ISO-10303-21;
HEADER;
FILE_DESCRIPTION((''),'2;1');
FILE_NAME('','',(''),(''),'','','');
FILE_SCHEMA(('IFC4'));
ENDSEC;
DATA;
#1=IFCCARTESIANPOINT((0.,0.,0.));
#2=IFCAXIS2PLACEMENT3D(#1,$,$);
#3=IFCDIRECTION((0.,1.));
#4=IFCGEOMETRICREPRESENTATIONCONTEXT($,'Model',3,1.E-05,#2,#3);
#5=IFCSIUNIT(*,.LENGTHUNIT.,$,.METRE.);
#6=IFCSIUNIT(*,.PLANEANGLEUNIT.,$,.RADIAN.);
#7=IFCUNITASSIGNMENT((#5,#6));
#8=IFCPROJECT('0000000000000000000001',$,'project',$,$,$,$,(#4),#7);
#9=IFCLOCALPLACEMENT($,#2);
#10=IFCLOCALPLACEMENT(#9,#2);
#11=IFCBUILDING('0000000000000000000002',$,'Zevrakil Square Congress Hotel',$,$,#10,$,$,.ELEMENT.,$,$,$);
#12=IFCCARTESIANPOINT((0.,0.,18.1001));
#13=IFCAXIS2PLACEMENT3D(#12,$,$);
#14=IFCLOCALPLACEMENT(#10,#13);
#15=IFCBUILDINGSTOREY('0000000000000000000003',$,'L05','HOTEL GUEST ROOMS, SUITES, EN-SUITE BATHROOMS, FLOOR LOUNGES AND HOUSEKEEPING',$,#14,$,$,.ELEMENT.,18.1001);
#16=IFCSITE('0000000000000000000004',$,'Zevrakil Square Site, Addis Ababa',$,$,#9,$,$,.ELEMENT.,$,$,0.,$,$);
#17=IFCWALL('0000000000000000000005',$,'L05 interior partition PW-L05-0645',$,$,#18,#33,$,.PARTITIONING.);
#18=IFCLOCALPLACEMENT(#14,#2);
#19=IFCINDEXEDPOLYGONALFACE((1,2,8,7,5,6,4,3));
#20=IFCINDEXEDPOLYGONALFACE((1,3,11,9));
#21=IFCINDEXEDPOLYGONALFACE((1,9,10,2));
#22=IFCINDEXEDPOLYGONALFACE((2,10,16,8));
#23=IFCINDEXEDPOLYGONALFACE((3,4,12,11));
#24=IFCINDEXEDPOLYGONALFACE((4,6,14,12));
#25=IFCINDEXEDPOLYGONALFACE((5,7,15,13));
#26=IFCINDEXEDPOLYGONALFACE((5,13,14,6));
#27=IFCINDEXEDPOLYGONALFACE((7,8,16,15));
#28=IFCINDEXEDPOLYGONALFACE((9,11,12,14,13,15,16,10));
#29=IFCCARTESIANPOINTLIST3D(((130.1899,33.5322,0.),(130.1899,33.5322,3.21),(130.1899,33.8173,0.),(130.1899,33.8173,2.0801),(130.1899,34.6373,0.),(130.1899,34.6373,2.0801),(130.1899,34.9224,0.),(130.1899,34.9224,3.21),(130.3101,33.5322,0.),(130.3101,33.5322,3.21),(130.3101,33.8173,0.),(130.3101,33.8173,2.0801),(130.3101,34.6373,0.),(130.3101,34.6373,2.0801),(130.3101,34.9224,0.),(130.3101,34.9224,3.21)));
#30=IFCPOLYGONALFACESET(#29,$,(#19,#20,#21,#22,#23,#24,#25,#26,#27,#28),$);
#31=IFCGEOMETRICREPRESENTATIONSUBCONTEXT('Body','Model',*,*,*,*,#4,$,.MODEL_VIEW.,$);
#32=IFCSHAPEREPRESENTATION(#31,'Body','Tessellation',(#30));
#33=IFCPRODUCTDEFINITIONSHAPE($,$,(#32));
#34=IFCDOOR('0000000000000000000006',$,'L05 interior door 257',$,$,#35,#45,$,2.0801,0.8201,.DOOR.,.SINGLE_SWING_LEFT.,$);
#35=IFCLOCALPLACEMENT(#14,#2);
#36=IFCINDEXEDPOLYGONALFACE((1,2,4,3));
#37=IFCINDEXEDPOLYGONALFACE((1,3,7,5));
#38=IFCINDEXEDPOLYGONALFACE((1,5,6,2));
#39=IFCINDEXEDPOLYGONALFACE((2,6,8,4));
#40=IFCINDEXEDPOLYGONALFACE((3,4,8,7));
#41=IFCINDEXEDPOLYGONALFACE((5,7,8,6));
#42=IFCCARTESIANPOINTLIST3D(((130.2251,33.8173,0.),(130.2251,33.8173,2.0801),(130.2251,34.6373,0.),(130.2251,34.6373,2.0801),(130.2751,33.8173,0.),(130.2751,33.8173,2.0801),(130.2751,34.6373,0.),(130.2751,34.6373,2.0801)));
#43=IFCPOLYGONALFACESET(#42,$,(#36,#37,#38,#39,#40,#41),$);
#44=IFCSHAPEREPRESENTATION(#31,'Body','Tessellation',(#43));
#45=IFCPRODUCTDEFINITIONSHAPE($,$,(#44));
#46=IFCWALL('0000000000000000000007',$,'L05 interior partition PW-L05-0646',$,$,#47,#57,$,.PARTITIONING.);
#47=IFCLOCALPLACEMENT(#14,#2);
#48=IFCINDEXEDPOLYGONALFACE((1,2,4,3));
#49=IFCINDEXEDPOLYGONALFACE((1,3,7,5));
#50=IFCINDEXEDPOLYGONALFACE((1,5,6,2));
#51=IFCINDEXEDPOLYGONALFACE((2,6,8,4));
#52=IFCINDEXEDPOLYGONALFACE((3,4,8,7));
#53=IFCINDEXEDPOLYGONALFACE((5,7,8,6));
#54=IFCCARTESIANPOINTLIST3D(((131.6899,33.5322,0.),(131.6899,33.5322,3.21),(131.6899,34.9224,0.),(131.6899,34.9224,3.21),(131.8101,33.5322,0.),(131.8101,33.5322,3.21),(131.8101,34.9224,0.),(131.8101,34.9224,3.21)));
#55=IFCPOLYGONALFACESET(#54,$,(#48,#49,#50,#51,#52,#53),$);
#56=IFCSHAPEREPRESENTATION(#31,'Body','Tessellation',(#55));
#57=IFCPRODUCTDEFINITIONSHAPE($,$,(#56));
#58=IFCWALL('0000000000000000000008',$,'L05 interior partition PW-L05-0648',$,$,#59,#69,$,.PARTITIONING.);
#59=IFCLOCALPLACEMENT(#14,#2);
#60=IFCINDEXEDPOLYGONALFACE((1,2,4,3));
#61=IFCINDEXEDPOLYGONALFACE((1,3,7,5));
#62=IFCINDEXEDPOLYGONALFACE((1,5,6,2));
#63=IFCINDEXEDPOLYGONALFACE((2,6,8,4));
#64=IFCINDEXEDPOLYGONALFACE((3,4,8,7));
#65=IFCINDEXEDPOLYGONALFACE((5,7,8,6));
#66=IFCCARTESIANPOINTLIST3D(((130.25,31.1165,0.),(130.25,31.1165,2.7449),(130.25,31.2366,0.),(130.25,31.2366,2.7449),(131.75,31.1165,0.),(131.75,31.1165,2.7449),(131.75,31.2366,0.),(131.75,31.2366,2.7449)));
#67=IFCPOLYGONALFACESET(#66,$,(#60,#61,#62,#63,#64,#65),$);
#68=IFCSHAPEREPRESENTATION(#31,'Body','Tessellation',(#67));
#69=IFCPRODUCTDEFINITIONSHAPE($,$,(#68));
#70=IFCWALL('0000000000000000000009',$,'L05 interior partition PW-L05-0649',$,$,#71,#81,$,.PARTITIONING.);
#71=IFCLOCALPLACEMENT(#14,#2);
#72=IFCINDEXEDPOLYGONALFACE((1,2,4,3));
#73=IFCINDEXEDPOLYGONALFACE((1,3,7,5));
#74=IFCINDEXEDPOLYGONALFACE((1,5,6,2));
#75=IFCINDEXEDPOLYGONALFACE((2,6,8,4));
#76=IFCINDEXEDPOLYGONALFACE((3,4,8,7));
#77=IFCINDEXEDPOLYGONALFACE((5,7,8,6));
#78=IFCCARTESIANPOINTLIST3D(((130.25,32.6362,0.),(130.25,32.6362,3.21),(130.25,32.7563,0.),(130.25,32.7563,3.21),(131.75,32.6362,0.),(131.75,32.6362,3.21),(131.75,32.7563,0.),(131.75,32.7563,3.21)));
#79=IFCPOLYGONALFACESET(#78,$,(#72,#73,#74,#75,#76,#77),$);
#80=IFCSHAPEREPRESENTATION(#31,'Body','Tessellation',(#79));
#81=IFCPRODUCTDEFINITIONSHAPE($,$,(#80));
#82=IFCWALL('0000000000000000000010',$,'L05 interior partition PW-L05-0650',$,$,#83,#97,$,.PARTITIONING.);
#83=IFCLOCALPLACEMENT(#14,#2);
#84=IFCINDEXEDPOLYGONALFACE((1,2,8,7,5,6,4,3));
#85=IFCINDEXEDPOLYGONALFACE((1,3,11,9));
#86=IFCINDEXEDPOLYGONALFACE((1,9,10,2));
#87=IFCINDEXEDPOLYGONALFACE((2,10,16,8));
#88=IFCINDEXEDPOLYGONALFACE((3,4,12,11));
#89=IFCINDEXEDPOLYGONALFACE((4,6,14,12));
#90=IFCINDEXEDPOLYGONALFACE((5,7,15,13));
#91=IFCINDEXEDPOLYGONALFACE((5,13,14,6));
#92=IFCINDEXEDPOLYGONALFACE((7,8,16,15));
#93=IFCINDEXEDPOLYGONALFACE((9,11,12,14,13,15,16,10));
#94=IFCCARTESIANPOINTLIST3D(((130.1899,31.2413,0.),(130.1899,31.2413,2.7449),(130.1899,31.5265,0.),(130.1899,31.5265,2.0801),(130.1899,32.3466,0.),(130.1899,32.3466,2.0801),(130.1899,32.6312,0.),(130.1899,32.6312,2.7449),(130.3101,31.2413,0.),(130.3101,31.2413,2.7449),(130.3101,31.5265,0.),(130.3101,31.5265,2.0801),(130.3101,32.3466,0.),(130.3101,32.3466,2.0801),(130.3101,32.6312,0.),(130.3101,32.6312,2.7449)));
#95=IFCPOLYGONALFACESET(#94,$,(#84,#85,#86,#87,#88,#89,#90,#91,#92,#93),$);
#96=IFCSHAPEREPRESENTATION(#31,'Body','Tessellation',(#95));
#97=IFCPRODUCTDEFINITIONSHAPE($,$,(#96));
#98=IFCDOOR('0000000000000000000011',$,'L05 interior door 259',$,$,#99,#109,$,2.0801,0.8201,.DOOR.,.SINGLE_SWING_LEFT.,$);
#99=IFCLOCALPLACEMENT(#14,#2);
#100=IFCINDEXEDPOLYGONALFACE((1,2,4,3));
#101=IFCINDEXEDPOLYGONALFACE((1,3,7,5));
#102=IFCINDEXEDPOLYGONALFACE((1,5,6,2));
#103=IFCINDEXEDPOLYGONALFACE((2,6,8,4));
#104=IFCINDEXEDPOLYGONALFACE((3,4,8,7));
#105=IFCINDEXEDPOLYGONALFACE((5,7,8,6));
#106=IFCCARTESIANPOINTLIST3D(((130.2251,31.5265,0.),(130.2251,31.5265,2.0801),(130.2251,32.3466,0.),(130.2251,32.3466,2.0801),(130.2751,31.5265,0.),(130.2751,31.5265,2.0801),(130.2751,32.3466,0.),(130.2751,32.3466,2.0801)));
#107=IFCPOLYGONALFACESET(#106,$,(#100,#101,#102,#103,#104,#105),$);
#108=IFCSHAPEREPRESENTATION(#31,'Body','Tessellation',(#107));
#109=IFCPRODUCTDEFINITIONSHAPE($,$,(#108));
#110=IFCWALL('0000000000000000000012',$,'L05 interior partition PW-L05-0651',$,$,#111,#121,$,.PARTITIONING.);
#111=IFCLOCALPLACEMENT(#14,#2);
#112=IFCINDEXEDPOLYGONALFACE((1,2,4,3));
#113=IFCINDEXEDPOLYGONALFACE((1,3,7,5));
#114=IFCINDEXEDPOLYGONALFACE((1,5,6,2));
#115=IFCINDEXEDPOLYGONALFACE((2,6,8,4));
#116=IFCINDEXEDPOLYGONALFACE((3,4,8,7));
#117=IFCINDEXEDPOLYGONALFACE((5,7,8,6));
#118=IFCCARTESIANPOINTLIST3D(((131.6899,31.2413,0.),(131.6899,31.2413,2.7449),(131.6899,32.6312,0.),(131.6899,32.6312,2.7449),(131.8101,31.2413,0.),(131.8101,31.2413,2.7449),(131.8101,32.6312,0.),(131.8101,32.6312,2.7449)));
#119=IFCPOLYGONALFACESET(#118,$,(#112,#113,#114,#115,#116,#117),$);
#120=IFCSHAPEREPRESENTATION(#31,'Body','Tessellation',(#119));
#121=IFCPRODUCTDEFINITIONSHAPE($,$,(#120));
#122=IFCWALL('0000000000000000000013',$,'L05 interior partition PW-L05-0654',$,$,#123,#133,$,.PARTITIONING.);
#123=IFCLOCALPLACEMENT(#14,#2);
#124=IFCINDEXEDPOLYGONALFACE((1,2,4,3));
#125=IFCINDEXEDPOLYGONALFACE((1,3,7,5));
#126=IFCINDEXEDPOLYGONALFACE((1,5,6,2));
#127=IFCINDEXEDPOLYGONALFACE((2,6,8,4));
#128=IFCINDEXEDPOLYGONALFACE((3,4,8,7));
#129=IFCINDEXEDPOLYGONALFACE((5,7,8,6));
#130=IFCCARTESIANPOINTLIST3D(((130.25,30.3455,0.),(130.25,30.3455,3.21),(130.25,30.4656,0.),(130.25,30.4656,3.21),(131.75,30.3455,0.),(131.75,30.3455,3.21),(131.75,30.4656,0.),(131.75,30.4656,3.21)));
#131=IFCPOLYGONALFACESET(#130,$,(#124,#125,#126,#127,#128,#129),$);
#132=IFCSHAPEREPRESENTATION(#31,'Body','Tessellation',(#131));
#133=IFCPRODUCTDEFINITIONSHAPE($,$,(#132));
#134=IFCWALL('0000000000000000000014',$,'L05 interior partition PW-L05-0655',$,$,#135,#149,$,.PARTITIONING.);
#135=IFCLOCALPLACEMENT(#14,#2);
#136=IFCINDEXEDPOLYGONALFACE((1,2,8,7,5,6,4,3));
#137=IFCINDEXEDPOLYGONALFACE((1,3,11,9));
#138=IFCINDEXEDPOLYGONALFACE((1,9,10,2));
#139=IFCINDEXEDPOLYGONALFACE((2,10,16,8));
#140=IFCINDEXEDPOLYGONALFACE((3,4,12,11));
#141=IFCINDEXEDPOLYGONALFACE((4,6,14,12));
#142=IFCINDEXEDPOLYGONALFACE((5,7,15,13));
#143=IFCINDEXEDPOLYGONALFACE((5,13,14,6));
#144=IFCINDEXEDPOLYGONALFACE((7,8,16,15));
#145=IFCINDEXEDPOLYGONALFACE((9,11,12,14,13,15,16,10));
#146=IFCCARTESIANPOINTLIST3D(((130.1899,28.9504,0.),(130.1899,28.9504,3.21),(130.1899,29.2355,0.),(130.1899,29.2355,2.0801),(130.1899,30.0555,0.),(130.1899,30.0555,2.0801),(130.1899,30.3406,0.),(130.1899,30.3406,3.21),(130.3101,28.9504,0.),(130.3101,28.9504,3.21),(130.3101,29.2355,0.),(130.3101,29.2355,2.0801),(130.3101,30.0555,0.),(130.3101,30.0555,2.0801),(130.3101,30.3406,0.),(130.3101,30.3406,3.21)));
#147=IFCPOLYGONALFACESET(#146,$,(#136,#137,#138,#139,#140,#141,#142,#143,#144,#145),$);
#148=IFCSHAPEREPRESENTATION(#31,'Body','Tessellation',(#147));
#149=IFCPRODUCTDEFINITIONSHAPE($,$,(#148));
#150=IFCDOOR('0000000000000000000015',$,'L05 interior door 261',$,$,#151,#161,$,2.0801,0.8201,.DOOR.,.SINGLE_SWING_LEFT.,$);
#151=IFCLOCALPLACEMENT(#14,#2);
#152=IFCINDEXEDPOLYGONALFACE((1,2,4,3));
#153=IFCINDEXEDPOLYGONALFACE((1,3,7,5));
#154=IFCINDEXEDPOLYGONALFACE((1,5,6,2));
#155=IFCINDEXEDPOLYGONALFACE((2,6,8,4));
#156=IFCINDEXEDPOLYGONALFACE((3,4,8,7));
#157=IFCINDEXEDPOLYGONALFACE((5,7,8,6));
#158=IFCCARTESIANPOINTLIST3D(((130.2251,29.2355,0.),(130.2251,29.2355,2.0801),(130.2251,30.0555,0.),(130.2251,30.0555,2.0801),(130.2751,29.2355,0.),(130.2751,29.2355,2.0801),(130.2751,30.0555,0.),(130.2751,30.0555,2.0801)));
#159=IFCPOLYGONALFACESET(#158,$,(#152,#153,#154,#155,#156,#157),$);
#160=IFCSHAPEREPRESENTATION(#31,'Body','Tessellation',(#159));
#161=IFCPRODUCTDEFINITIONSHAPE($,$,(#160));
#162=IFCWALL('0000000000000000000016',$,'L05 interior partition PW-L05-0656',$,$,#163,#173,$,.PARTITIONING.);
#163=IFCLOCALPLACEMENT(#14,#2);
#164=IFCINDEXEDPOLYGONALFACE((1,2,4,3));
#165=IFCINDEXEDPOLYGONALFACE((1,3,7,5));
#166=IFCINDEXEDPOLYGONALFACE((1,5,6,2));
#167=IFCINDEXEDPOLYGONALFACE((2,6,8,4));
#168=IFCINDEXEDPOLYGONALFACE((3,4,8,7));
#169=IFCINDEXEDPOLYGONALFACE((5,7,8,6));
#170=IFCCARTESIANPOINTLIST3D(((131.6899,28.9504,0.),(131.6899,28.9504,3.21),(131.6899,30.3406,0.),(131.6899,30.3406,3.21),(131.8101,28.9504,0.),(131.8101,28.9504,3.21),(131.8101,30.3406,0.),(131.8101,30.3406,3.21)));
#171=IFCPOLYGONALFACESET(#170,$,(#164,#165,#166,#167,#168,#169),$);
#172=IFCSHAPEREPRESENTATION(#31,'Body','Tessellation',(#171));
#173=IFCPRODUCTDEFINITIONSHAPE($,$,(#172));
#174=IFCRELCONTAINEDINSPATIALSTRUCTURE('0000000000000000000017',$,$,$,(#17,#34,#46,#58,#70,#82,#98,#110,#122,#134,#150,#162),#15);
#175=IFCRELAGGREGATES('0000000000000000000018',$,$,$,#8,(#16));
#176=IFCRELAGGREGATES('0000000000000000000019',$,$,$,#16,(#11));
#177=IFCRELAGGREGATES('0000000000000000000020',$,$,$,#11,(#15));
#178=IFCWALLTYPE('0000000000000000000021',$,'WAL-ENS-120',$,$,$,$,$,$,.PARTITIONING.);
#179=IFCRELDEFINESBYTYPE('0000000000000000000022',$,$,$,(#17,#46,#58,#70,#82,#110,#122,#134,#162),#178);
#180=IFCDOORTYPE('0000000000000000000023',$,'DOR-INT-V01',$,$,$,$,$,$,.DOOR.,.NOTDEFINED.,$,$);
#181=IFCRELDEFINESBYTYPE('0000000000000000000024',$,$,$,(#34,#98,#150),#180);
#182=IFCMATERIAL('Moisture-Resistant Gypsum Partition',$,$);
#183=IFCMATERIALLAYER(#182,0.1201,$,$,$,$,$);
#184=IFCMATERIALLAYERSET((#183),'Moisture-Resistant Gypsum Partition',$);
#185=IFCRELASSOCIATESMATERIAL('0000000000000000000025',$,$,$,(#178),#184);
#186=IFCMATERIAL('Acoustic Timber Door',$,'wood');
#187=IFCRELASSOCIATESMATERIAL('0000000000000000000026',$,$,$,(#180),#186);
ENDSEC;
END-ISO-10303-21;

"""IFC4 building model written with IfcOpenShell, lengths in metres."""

from ifc_helpers import new_model, si_unit, direction, frame, frame_2d, origin, place, context, subcontext, project, spatial, rectangle, extrude, material, layer, layer_set, type_object, element, fill, save


model = new_model("IFC4")

# Units and contexts
model_context = context("Model", 3, precision=1e-05, world=origin(), true_north=direction((0.0, 1.0)))
body_context = subcontext(model_context, "Body", "Model", "MODEL_VIEW")
ifc_project = project(units=[si_unit("LENGTHUNIT", "METRE"), si_unit("PLANEANGLEUNIT", "RADIAN")], contexts=[model_context])

# Site, building, storey
site_placement = place(None, origin())
site = spatial("IfcSite", under=ifc_project, at=site_placement, Name="Zevrakil Square Site, Addis Ababa", CompositionType="ELEMENT", RefElevation=0.0)
building_placement = place(site_placement, origin())
building = spatial("IfcBuilding", under=site, at=building_placement, Name="Zevrakil Square Congress Hotel", CompositionType="ELEMENT")
storey_placement = place(building_placement, frame((0.0, 0.0, 18.1001)))
storey = spatial("IfcBuildingStorey", under=building, at=storey_placement, Name="L05", Description="HOTEL GUEST ROOMS, SUITES, EN-SUITE BATHROOMS, FLOOR LOUNGES AND HOUSEKEEPING", CompositionType="ELEMENT", Elevation=18.1001)

# Shared definitions
ifc_material_1 = material(Name="Moisture-Resistant Gypsum Partition")
ifc_layer = layer(ifc_material_1, 0.1201)
ifc_layer_set = layer_set([ifc_layer], Name="Moisture-Resistant Gypsum Partition")
wall_type = type_object("IfcWallType", Name="WAL-ENS-120", PredefinedType="PARTITIONING", material=ifc_layer_set)

# Shared definitions
ifc_material_2 = material(Name="Acoustic Timber Door", Category="wood")
door_type = type_object("IfcDoorType", Name="DOR-INT-V01", OperationType="NOTDEFINED", PredefinedType="DOOR", material=ifc_material_2)

# Wall, opening, door
wall_1_placement = place(storey_placement, frame((130.25, 33.5322, 0.0), z_axis=(0.0, 0.0, 1.0), x_axis=(0.0, 1.0, 0.0)))
wall_1 = element("IfcWall", 1, at=wall_1_placement, inside=storey, type_object=wall_type, Name="L05 interior partition PW-L05-0645", PredefinedType="PARTITIONING", context=body_context, shape_type="SweptSolid", body=[
    extrude(rectangle(XDim=1.3901, YDim=0.1201, at=frame_2d((0.6951, 0.0))), origin(), (0.0, 0.0, 1.0), 3.21),
])
opening_1_placement = place(wall_1_placement, frame((0.2849, 0.0, 0.0)))
opening_1 = element("IfcOpeningElement", 2, at=opening_1_placement, cuts=wall_1, PredefinedType="OPENING", context=body_context, shape_type="SweptSolid", body=[
    extrude(rectangle(XDim=0.8201, YDim=2.0801, at=frame_2d((0.4102, 1.04))), frame((0.0, 0.0701, 0.0), z_axis=(0.0, -1.0, 0.0), x_axis=(1.0, 0.0, 0.0)), (0.0, 0.0, 1.0), 0.1401),
])
door_1_placement = place(opening_1_placement, origin())
door_1 = element("IfcDoor", 3, at=door_1_placement, inside=storey, type_object=door_type, Name="L05 interior door 257", OperationType="SINGLE_SWING_LEFT", OverallHeight=2.0801, OverallWidth=0.8201, PredefinedType="DOOR", context=body_context, shape_type="SweptSolid", body=[
    extrude(rectangle(XDim=0.8201, YDim=2.0801, at=frame_2d((0.4102, 1.04))), frame((0.0, 0.0249, 0.0), z_axis=(0.0, -1.0, 0.0), x_axis=(1.0, 0.0, 0.0)), (0.0, 0.0, 1.0), 0.05),
])
fill(opening_1, door_1)

# Walls
wall_2_placement = place(storey_placement, frame((131.75, 33.5322, 0.0), z_axis=(0.0, 0.0, 1.0), x_axis=(0.0, 1.0, 0.0)))
element("IfcWall", 4, at=wall_2_placement, inside=storey, type_object=wall_type, Name="L05 interior partition PW-L05-0646", PredefinedType="PARTITIONING", context=body_context, shape_type="SweptSolid", body=[
    extrude(rectangle(XDim=1.3901, YDim=0.1201, at=frame_2d((0.6951, 0.0))), origin(), (0.0, 0.0, 1.0), 3.21),
])
wall_3_placement = place(storey_placement, frame((130.25, 31.1765, 0.0), z_axis=(0.0, 0.0, 1.0), x_axis=(1.0, 0.0, 0.0)))
element("IfcWall", 5, at=wall_3_placement, inside=storey, type_object=wall_type, Name="L05 interior partition PW-L05-0648", PredefinedType="PARTITIONING", context=body_context, shape_type="SweptSolid", body=[
    extrude(rectangle(XDim=1.5, YDim=0.1201, at=frame_2d((0.75, 0.0))), origin(), (0.0, 0.0, 1.0), 2.7449),
])
wall_4_placement = place(storey_placement, frame((130.25, 32.6963, 0.0), z_axis=(0.0, 0.0, 1.0), x_axis=(1.0, 0.0, 0.0)))
element("IfcWall", 6, at=wall_4_placement, inside=storey, type_object=wall_type, Name="L05 interior partition PW-L05-0649", PredefinedType="PARTITIONING", context=body_context, shape_type="SweptSolid", body=[
    extrude(rectangle(XDim=1.5, YDim=0.1201, at=frame_2d((0.75, 0.0))), origin(), (0.0, 0.0, 1.0), 3.21),
])

# Wall, opening, door
wall_5_placement = place(storey_placement, frame((130.25, 31.2415, 0.0), z_axis=(0.0, 0.0, 1.0), x_axis=(0.0, 1.0, 0.0)))
wall_5 = element("IfcWall", 7, at=wall_5_placement, inside=storey, type_object=wall_type, Name="L05 interior partition PW-L05-0650", PredefinedType="PARTITIONING", context=body_context, shape_type="SweptSolid", body=[
    extrude(rectangle(XDim=1.3899, YDim=0.1201, at=frame_2d((0.6948, 0.0))), origin(), (0.0, 0.0, 1.0), 2.7449),
])
opening_2_placement = place(wall_5_placement, frame((0.2849, 0.0, 0.0)))
opening_2 = element("IfcOpeningElement", 8, at=opening_2_placement, cuts=wall_5, PredefinedType="OPENING", context=body_context, shape_type="SweptSolid", body=[
    extrude(rectangle(XDim=0.8201, YDim=2.0801, at=frame_2d((0.4102, 1.04))), frame((0.0, 0.0701, 0.0), z_axis=(0.0, -1.0, 0.0), x_axis=(1.0, 0.0, 0.0)), (0.0, 0.0, 1.0), 0.1401),
])
door_2_placement = place(opening_2_placement, origin())
door_2 = element("IfcDoor", 9, at=door_2_placement, inside=storey, type_object=door_type, Name="L05 interior door 259", OperationType="SINGLE_SWING_LEFT", OverallHeight=2.0801, OverallWidth=0.8201, PredefinedType="DOOR", context=body_context, shape_type="SweptSolid", body=[
    extrude(rectangle(XDim=0.8201, YDim=2.0801, at=frame_2d((0.4102, 1.04))), frame((0.0, 0.0249, 0.0), z_axis=(0.0, -1.0, 0.0), x_axis=(1.0, 0.0, 0.0)), (0.0, 0.0, 1.0), 0.05),
])
fill(opening_2, door_2)

# Walls
wall_6_placement = place(storey_placement, frame((131.75, 31.2415, 0.0), z_axis=(0.0, 0.0, 1.0), x_axis=(0.0, 1.0, 0.0)))
element("IfcWall", 10, at=wall_6_placement, inside=storey, type_object=wall_type, Name="L05 interior partition PW-L05-0651", PredefinedType="PARTITIONING", context=body_context, shape_type="SweptSolid", body=[
    extrude(rectangle(XDim=1.3899, YDim=0.1201, at=frame_2d((0.6948, 0.0))), origin(), (0.0, 0.0, 1.0), 2.7449),
])
wall_7_placement = place(storey_placement, frame((130.25, 30.4055, 0.0), z_axis=(0.0, 0.0, 1.0), x_axis=(1.0, 0.0, 0.0)))
element("IfcWall", 11, at=wall_7_placement, inside=storey, type_object=wall_type, Name="L05 interior partition PW-L05-0654", PredefinedType="PARTITIONING", context=body_context, shape_type="SweptSolid", body=[
    extrude(rectangle(XDim=1.5, YDim=0.1201, at=frame_2d((0.75, 0.0))), origin(), (0.0, 0.0, 1.0), 3.21),
])

# Wall, opening, door
wall_8_placement = place(storey_placement, frame((130.25, 28.9504, 0.0), z_axis=(0.0, 0.0, 1.0), x_axis=(0.0, 1.0, 0.0)))
wall_8 = element("IfcWall", 12, at=wall_8_placement, inside=storey, type_object=wall_type, Name="L05 interior partition PW-L05-0655", PredefinedType="PARTITIONING", context=body_context, shape_type="SweptSolid", body=[
    extrude(rectangle(XDim=1.3901, YDim=0.1201, at=frame_2d((0.6951, 0.0))), origin(), (0.0, 0.0, 1.0), 3.21),
])
opening_3_placement = place(wall_8_placement, frame((0.2849, 0.0, 0.0)))
opening_3 = element("IfcOpeningElement", 13, at=opening_3_placement, cuts=wall_8, PredefinedType="OPENING", context=body_context, shape_type="SweptSolid", body=[
    extrude(rectangle(XDim=0.8201, YDim=2.0801, at=frame_2d((0.4102, 1.04))), frame((0.0, 0.0701, 0.0), z_axis=(0.0, -1.0, 0.0), x_axis=(1.0, 0.0, 0.0)), (0.0, 0.0, 1.0), 0.1401),
])
door_3_placement = place(opening_3_placement, origin())
door_3 = element("IfcDoor", 14, at=door_3_placement, inside=storey, type_object=door_type, Name="L05 interior door 261", OperationType="SINGLE_SWING_LEFT", OverallHeight=2.0801, OverallWidth=0.8201, PredefinedType="DOOR", context=body_context, shape_type="SweptSolid", body=[
    extrude(rectangle(XDim=0.8201, YDim=2.0801, at=frame_2d((0.4102, 1.04))), frame((0.0, 0.0249, 0.0), z_axis=(0.0, -1.0, 0.0), x_axis=(1.0, 0.0, 0.0)), (0.0, 0.0, 1.0), 0.05),
])
fill(opening_3, door_3)

# Wall
wall_9_placement = place(storey_placement, frame((131.75, 28.9504, 0.0), z_axis=(0.0, 0.0, 1.0), x_axis=(0.0, 1.0, 0.0)))
element("IfcWall", 15, at=wall_9_placement, inside=storey, type_object=wall_type, Name="L05 interior partition PW-L05-0656", PredefinedType="PARTITIONING", context=body_context, shape_type="SweptSolid", body=[
    extrude(rectangle(XDim=1.3901, YDim=0.1201, at=frame_2d((0.6951, 0.0))), origin(), (0.0, 0.0, 1.0), 3.21),
])

save(model, "model.ifc")
